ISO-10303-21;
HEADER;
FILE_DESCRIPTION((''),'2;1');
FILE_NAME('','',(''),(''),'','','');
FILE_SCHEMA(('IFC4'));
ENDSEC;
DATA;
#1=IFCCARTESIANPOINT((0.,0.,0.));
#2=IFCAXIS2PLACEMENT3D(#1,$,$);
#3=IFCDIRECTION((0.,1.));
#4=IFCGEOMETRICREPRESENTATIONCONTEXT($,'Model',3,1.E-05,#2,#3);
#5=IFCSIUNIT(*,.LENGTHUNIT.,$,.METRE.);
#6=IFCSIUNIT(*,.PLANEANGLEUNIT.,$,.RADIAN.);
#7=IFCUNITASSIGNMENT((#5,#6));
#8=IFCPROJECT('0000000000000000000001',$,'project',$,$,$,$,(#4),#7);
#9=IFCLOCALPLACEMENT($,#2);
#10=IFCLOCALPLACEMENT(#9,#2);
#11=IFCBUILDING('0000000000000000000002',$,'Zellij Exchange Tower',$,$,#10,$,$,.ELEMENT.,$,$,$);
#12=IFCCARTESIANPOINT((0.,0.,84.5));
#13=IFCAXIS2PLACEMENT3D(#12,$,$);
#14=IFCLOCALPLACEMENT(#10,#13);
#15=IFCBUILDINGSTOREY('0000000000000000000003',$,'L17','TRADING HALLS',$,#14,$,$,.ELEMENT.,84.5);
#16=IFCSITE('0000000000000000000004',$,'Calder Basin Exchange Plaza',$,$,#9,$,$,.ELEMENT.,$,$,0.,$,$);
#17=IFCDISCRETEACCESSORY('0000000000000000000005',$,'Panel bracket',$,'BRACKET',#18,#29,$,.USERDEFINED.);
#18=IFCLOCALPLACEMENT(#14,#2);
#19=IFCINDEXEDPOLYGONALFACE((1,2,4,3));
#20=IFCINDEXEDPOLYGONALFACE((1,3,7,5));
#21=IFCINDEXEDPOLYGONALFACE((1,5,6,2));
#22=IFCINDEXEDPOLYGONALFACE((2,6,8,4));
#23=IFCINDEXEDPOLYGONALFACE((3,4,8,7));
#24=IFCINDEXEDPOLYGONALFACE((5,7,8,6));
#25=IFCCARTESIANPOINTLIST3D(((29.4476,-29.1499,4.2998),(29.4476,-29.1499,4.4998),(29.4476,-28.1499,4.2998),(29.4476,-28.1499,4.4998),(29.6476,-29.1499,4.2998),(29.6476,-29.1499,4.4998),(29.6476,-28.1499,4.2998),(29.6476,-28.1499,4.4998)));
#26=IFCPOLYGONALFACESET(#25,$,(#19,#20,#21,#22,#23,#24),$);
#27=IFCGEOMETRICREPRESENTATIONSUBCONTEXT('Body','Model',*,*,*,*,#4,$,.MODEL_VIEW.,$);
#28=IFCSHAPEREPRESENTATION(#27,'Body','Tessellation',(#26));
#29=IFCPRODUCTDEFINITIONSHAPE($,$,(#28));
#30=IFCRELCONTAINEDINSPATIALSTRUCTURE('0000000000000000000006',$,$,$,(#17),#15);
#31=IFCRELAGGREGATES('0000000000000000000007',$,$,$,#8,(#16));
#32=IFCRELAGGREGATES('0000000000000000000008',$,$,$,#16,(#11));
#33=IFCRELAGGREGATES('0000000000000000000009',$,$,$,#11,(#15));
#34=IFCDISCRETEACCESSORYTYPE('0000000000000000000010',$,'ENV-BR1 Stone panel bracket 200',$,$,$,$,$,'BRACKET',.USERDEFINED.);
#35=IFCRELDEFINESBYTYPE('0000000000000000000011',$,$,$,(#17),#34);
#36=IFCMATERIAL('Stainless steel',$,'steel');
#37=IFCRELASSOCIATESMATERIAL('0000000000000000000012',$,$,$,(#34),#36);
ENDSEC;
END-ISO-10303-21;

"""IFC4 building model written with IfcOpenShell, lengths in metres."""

from ifc_helpers import new_model, si_unit, direction, frame, origin, origin_2d, place, context, subcontext, project, spatial, rectangle, extrude, material, type_object, element, save


model = new_model("IFC4")

# Units and contexts
model_context = context("Model", 3, precision=1e-05, world=origin(), true_north=direction((0.0, 1.0)))
body_context = subcontext(model_context, "Body", "Model", "MODEL_VIEW")
ifc_project = project(units=[si_unit("LENGTHUNIT", "METRE"), si_unit("PLANEANGLEUNIT", "RADIAN")], contexts=[model_context])

# Site, building, storey
site_placement = place(None, origin())
site = spatial("IfcSite", under=ifc_project, at=site_placement, Name="Calder Basin Exchange Plaza", CompositionType="ELEMENT", RefElevation=0.0)
building_placement = place(site_placement, origin())
building = spatial("IfcBuilding", under=site, at=building_placement, Name="Zellij Exchange Tower", CompositionType="ELEMENT")
storey_placement = place(building_placement, frame((0.0, 0.0, 84.5)))
storey = spatial("IfcBuildingStorey", under=building, at=storey_placement, Name="L17", Description="TRADING HALLS", CompositionType="ELEMENT", Elevation=84.5)

# Discrete accessory
ifc_material_1 = material(Name="Stainless steel", Category="steel")
discrete_accessory_type = type_object("IfcDiscreteAccessoryType", Name="ENV-BR1 Stone panel bracket 200", ElementType="BRACKET", PredefinedType="USERDEFINED", material=ifc_material_1)
for number, where, z_axis, x_axis, name in (
    (1, (29.5476, -28.6499, 4.2998), (0.0, 0.0, 1.0), (1.0, 0.0, 0.0), "Panel bracket"),
):
    element("IfcDiscreteAccessory", number, at=place(storey_placement, frame(where, z_axis=z_axis, x_axis=x_axis)), inside=storey, type_object=discrete_accessory_type, Name=name, ObjectType="BRACKET", PredefinedType="USERDEFINED", context=body_context, shape_type="SweptSolid", body=[
        extrude(rectangle(XDim=0.2, YDim=1.0, at=origin_2d()), origin(), (0.0, 0.0, 1.0), 0.2),
    ])

save(model, "model.ifc")
